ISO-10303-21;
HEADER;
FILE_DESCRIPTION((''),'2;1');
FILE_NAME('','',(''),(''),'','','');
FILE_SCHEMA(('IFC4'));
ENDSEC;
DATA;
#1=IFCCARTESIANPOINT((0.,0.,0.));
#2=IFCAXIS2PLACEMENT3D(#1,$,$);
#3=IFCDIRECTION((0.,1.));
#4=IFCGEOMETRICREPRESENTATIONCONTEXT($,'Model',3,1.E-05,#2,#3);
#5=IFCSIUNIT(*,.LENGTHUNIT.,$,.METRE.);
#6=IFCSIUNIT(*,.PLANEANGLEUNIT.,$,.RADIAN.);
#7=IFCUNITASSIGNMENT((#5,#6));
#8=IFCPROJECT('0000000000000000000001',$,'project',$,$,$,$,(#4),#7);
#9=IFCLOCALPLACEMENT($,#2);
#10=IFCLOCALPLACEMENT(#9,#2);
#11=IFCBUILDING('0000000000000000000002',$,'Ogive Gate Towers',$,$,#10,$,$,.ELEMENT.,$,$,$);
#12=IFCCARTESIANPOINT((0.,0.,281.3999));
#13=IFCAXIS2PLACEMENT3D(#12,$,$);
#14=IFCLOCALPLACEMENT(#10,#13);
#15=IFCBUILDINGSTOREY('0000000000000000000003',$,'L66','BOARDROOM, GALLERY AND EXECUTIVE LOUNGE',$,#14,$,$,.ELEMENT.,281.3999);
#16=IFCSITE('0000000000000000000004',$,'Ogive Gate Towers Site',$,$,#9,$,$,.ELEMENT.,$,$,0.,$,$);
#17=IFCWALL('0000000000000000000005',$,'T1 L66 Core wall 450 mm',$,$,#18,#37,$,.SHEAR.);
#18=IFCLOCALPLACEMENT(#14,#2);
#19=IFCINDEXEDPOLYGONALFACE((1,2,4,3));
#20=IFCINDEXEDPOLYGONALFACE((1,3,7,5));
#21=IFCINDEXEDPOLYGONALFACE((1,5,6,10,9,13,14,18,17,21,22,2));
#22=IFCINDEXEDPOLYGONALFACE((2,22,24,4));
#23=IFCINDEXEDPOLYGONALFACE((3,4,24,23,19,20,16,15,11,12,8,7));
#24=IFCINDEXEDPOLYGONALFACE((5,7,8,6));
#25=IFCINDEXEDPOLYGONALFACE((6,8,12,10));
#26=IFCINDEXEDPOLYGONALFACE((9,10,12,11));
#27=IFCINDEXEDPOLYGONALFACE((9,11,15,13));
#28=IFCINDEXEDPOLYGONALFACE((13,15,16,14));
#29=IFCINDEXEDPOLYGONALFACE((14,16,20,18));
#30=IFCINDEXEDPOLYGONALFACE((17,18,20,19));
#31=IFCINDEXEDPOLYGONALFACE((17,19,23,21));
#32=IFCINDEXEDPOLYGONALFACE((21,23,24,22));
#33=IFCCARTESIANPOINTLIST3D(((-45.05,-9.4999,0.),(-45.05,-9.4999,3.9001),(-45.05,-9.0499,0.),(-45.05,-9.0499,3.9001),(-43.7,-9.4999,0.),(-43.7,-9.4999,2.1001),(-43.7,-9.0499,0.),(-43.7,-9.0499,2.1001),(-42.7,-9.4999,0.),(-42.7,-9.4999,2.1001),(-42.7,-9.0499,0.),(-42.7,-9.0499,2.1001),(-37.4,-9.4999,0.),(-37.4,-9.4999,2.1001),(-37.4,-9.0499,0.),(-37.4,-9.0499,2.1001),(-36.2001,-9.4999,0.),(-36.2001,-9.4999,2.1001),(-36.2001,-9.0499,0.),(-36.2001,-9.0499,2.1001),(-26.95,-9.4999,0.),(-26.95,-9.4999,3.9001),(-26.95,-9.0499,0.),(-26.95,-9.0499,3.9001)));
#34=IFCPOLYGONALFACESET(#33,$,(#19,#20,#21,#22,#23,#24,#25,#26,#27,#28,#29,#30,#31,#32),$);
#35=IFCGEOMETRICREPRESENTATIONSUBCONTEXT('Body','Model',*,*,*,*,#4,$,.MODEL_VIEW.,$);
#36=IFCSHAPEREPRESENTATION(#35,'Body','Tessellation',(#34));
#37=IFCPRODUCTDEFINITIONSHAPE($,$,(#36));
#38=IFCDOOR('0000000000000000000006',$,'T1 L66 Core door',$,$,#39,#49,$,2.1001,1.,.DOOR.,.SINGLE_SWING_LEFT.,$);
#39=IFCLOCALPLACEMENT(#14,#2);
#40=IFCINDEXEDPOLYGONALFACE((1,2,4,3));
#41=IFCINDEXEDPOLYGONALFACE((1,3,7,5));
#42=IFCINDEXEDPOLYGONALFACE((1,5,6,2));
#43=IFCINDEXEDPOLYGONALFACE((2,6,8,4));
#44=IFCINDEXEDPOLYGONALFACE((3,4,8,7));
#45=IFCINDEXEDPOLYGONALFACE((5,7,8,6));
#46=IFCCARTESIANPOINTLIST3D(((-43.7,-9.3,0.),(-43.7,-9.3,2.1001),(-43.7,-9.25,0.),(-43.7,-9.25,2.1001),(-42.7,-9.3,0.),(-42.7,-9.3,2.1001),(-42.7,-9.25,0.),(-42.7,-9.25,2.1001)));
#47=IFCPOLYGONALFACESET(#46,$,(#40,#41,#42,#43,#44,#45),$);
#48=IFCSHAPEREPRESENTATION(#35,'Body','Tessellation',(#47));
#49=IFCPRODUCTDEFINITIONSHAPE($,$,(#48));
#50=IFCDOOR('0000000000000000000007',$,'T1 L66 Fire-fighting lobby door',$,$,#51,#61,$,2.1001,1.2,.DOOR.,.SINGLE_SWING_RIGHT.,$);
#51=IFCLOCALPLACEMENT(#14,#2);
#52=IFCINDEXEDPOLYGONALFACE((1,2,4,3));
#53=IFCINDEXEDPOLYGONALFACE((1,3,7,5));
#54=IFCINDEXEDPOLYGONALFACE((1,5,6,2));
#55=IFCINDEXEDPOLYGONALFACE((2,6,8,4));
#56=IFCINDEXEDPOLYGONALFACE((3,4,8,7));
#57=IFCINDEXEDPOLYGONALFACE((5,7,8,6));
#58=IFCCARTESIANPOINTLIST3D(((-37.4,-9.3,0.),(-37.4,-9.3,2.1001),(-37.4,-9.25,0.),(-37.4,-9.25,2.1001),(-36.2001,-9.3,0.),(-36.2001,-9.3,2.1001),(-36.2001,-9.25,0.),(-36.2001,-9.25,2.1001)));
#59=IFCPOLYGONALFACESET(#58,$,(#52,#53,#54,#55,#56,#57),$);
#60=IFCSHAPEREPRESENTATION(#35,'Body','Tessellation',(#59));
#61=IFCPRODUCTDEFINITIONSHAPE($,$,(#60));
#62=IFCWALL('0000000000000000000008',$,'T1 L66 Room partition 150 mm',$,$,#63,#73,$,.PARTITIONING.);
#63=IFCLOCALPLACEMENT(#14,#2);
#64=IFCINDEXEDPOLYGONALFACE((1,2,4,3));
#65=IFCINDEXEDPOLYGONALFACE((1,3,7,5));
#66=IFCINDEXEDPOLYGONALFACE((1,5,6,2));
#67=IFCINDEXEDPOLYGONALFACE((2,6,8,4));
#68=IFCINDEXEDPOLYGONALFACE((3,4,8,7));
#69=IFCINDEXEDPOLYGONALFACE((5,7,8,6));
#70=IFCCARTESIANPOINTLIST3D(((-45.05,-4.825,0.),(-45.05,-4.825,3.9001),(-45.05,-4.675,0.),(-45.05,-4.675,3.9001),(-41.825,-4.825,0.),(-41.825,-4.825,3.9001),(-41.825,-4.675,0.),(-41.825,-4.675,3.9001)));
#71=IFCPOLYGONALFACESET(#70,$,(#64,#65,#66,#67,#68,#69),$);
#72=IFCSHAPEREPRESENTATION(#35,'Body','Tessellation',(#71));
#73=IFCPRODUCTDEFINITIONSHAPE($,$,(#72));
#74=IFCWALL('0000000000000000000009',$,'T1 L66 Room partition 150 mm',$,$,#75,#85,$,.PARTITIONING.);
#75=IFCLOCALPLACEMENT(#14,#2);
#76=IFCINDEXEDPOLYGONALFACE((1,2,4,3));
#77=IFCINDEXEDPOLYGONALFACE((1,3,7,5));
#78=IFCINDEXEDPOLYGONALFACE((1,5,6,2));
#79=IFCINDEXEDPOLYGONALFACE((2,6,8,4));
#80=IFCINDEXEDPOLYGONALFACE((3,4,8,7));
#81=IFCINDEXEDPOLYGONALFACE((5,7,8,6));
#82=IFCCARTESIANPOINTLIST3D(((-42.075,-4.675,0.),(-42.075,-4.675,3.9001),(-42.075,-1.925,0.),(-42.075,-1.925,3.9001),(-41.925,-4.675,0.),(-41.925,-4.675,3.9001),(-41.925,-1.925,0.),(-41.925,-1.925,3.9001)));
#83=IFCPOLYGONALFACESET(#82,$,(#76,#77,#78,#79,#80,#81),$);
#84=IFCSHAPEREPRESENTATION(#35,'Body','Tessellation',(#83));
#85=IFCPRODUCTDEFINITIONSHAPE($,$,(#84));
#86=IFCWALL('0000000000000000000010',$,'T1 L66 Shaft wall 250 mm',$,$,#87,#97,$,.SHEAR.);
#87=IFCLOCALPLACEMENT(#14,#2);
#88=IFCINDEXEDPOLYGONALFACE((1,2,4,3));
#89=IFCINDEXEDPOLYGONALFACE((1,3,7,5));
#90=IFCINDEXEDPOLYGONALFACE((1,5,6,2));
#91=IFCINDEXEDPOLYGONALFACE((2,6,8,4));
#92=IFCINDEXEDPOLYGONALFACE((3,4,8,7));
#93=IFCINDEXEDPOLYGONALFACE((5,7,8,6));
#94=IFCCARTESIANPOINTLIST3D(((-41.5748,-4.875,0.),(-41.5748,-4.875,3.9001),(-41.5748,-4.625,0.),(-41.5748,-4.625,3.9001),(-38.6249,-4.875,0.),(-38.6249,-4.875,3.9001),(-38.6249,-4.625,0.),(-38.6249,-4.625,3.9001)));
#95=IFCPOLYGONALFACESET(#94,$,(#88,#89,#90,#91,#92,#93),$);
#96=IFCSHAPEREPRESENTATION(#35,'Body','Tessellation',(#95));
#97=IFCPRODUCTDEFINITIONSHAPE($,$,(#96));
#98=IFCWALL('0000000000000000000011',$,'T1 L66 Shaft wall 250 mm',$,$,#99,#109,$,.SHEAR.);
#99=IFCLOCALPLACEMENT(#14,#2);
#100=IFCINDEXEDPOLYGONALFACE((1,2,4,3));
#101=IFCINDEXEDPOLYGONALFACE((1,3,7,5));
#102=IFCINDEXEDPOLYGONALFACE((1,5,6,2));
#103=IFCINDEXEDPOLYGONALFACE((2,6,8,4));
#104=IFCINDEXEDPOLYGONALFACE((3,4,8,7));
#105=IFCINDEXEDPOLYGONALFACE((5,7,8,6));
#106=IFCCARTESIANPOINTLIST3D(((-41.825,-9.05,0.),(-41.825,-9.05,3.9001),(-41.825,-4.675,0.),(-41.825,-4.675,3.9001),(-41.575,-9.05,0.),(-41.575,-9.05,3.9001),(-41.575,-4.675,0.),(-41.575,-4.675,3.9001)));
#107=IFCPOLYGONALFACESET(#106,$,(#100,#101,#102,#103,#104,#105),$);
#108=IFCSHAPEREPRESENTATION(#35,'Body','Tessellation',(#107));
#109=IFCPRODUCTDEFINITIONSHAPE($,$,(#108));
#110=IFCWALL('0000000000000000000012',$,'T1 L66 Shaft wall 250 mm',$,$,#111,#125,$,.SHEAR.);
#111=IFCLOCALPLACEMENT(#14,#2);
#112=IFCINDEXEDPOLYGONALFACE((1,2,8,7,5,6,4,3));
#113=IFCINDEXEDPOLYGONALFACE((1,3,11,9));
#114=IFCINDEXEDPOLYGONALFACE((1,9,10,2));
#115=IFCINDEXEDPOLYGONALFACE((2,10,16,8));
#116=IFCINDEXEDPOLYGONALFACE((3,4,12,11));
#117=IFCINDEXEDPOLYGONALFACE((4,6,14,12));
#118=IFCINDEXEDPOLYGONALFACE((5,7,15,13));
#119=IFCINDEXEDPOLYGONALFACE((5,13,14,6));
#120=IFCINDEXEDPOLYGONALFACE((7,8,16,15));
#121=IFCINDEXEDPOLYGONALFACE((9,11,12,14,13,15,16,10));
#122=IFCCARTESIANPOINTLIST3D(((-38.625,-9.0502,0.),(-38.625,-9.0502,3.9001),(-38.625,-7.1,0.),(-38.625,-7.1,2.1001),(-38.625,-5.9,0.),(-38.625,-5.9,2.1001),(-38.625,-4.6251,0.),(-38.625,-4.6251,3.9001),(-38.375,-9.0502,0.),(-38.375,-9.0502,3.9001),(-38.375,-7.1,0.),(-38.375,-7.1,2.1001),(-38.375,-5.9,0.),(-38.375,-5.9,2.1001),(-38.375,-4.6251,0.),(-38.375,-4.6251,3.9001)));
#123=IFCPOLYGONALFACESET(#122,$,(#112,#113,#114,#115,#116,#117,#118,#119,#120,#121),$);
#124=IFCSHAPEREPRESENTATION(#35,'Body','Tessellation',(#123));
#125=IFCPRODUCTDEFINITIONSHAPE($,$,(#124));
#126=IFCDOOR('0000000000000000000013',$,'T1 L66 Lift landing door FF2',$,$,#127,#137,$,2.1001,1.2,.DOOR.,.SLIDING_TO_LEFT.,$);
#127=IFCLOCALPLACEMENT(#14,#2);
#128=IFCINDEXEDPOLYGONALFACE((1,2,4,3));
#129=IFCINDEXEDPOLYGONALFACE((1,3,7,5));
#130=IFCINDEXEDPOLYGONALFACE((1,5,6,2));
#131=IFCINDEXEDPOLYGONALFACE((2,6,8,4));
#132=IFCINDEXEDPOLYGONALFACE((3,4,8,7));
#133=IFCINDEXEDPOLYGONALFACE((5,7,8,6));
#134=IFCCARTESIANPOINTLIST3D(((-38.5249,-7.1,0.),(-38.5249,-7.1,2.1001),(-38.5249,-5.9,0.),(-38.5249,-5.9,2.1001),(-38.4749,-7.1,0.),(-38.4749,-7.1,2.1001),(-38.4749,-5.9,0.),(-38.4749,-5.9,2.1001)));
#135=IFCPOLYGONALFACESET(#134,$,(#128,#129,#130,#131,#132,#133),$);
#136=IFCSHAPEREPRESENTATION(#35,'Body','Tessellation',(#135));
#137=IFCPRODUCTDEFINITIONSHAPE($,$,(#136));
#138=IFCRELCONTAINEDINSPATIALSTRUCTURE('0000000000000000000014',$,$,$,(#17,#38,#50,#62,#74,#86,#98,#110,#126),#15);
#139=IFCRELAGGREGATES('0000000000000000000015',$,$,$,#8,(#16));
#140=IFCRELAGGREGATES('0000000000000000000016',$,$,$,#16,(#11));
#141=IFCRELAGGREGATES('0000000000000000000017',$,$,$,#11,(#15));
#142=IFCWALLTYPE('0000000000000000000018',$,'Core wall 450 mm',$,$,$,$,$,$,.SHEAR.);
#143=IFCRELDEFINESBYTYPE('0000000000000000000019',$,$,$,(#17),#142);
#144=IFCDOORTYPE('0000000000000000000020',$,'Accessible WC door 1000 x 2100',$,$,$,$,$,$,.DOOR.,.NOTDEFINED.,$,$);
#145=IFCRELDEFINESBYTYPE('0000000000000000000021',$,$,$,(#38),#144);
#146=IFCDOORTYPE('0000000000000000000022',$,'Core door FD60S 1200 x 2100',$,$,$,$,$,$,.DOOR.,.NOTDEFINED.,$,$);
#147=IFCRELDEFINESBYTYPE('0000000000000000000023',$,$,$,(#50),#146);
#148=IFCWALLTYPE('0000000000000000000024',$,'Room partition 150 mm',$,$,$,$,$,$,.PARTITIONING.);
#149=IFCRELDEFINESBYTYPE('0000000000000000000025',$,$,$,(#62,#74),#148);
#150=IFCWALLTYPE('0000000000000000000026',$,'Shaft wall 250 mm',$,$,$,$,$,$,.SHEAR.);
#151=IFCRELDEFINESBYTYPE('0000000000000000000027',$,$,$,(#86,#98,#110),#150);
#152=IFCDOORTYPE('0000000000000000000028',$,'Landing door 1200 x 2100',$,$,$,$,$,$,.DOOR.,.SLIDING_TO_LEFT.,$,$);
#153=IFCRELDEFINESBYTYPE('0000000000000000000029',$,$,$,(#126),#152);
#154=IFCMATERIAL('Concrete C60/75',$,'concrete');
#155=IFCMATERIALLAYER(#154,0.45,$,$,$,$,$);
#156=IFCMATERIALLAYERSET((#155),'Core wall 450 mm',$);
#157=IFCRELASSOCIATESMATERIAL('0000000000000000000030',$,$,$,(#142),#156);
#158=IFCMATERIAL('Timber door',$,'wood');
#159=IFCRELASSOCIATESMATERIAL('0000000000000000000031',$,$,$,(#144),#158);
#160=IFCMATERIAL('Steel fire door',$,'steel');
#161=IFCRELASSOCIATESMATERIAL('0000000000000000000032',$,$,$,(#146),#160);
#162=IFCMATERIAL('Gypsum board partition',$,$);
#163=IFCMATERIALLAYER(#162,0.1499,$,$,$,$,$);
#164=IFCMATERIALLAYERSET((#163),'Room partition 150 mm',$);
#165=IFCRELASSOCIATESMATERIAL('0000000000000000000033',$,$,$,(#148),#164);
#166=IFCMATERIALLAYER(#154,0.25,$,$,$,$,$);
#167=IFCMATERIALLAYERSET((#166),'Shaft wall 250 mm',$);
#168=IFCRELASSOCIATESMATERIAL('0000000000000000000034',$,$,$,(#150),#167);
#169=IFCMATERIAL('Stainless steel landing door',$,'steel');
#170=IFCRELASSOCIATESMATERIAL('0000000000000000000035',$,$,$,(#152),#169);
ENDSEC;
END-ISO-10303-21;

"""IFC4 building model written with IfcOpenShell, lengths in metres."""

from ifc_helpers import new_model, si_unit, direction, frame, frame_2d, origin, place, context, subcontext, project, spatial, rectangle, extrude, material, layer, layer_set, type_object, element, fill, save


model = new_model("IFC4")

# Units and contexts
model_context = context("Model", 3, precision=1e-05, world=origin(), true_north=direction((0.0, 1.0)))
body_context = subcontext(model_context, "Body", "Model", "MODEL_VIEW")
ifc_project = project(units=[si_unit("LENGTHUNIT", "METRE"), si_unit("PLANEANGLEUNIT", "RADIAN")], contexts=[model_context])

# Site, building, storey
site_placement = place(None, origin())
site = spatial("IfcSite", under=ifc_project, at=site_placement, Name="Ogive Gate Towers Site", CompositionType="ELEMENT", RefElevation=0.0)
building_placement = place(site_placement, origin())
building = spatial("IfcBuilding", under=site, at=building_placement, Name="Ogive Gate Towers", CompositionType="ELEMENT")
storey_placement = place(building_placement, frame((0.0, 0.0, 281.3999)))
storey = spatial("IfcBuildingStorey", under=building, at=storey_placement, Name="L66", Description="BOARDROOM, GALLERY AND EXECUTIVE LOUNGE", CompositionType="ELEMENT", Elevation=281.3999)

# Wall, openings, doors
ifc_material_1 = material(Name="Concrete C60/75", Category="concrete")
ifc_layer_1 = layer(ifc_material_1, 0.45)
ifc_layer_set_1 = layer_set([ifc_layer_1], Name="Core wall 450 mm")
wall_type_1 = type_object("IfcWallType", Name="Core wall 450 mm", PredefinedType="SHEAR", material=ifc_layer_set_1)
wall_1_placement = place(storey_placement, frame((-45.05, -9.2749, 0.0), z_axis=(0.0, 0.0, 1.0), x_axis=(1.0, 0.0, 0.0)))
wall_1 = element("IfcWall", 1, at=wall_1_placement, inside=storey, type_object=wall_type_1, Name="T1 L66 Core wall 450 mm", PredefinedType="SHEAR", context=body_context, shape_type="SweptSolid", body=[
    extrude(rectangle(XDim=18.1001, YDim=0.45, at=frame_2d((9.05, 0.0))), origin(), (0.0, 0.0, 1.0), 3.9001),
])
opening_1_placement = place(wall_1_placement, frame((7.6499, 0.0, 0.0)))
opening_1 = element("IfcOpeningElement", 2, at=opening_1_placement, cuts=wall_1, PredefinedType="OPENING", context=body_context, shape_type="SweptSolid", body=[
    extrude(rectangle(XDim=1.2, YDim=2.1001, at=frame_2d((0.6001, 1.05))), frame((0.0, 0.2349, 0.0), z_axis=(0.0, -1.0, 0.0), x_axis=(1.0, 0.0, 0.0)), (0.0, 0.0, 1.0), 0.47),
])
opening_2_placement = place(wall_1_placement, frame((1.3501, 0.0, 0.0)))
opening_2 = element("IfcOpeningElement", 3, at=opening_2_placement, cuts=wall_1, PredefinedType="OPENING", context=body_context, shape_type="SweptSolid", body=[
    extrude(rectangle(XDim=1.0, YDim=2.1001, at=frame_2d((0.5, 1.05))), frame((0.0, 0.2349, 0.0), z_axis=(0.0, -1.0, 0.0), x_axis=(1.0, 0.0, 0.0)), (0.0, 0.0, 1.0), 0.47),
])
ifc_material_2 = material(Name="Timber door", Category="wood")
door_type_1 = type_object("IfcDoorType", Name="Accessible WC door 1000 x 2100", OperationType="NOTDEFINED", PredefinedType="DOOR", material=ifc_material_2)
door_1_placement = place(opening_2_placement, origin())
door_1 = element("IfcDoor", 4, at=door_1_placement, inside=storey, type_object=door_type_1, Name="T1 L66 Core door", OperationType="SINGLE_SWING_LEFT", OverallHeight=2.1001, OverallWidth=1.0, PredefinedType="DOOR", context=body_context, shape_type="SweptSolid", body=[
    extrude(rectangle(XDim=1.0, YDim=2.1001, at=frame_2d((0.5, 1.05))), frame((0.0, 0.0249, 0.0), z_axis=(0.0, -1.0, 0.0), x_axis=(1.0, 0.0, 0.0)), (0.0, 0.0, 1.0), 0.05),
])
fill(opening_2, door_1)
ifc_material_3 = material(Name="Steel fire door", Category="steel")
door_type_2 = type_object("IfcDoorType", Name="Core door FD60S 1200 x 2100", OperationType="NOTDEFINED", PredefinedType="DOOR", material=ifc_material_3)
door_2_placement = place(opening_1_placement, origin())
door_2 = element("IfcDoor", 5, at=door_2_placement, inside=storey, type_object=door_type_2, Name="T1 L66 Fire-fighting lobby door", OperationType="SINGLE_SWING_RIGHT", OverallHeight=2.1001, OverallWidth=1.2, PredefinedType="DOOR", context=body_context, shape_type="SweptSolid", body=[
    extrude(rectangle(XDim=1.2, YDim=2.1001, at=frame_2d((0.6001, 1.05))), frame((0.0, 0.0249, 0.0), z_axis=(0.0, -1.0, 0.0), x_axis=(1.0, 0.0, 0.0)), (0.0, 0.0, 1.0), 0.05),
])
fill(opening_1, door_2)

# Walls
ifc_material_4 = material(Name="Gypsum board partition")
ifc_layer_2 = layer(ifc_material_4, 0.1499)
ifc_layer_set_2 = layer_set([ifc_layer_2], Name="Room partition 150 mm")
wall_type_2 = type_object("IfcWallType", Name="Room partition 150 mm", PredefinedType="PARTITIONING", material=ifc_layer_set_2)
wall_2_placement = place(storey_placement, frame((-45.05, -4.75, 0.0), z_axis=(0.0, 0.0, 1.0), x_axis=(1.0, 0.0, 0.0)))
element("IfcWall", 6, at=wall_2_placement, inside=storey, type_object=wall_type_2, Name="T1 L66 Room partition 150 mm", PredefinedType="PARTITIONING", context=body_context, shape_type="SweptSolid", body=[
    extrude(rectangle(XDim=3.2251, YDim=0.1499, at=frame_2d((1.6125, 0.0))), origin(), (0.0, 0.0, 1.0), 3.9001),
])
wall_3_placement = place(storey_placement, frame((-42.0, -4.675, 0.0), z_axis=(0.0, 0.0, 1.0), x_axis=(0.0, 1.0, 0.0)))
element("IfcWall", 7, at=wall_3_placement, inside=storey, type_object=wall_type_2, Name="T1 L66 Room partition 150 mm", PredefinedType="PARTITIONING", context=body_context, shape_type="SweptSolid", body=[
    extrude(rectangle(XDim=2.75, YDim=0.1499, at=frame_2d((1.375, 0.0))), origin(), (0.0, 0.0, 1.0), 3.9001),
])
ifc_layer_3 = layer(ifc_material_1, 0.25)
ifc_layer_set_3 = layer_set([ifc_layer_3], Name="Shaft wall 250 mm")
wall_type_3 = type_object("IfcWallType", Name="Shaft wall 250 mm", PredefinedType="SHEAR", material=ifc_layer_set_3)
wall_4_placement = place(storey_placement, frame((-41.575, -4.75, 0.0), z_axis=(0.0, 0.0, 1.0), x_axis=(1.0, 0.0, 0.0)))
element("IfcWall", 8, at=wall_4_placement, inside=storey, type_object=wall_type_3, Name="T1 L66 Shaft wall 250 mm", PredefinedType="SHEAR", context=body_context, shape_type="SweptSolid", body=[
    extrude(rectangle(XDim=2.95, YDim=0.25, at=frame_2d((1.4751, 0.0))), origin(), (0.0, 0.0, 1.0), 3.9001),
])
wall_5_placement = place(storey_placement, frame((-41.7, -9.05, 0.0), z_axis=(0.0, 0.0, 1.0), x_axis=(0.0, 1.0, 0.0)))
element("IfcWall", 9, at=wall_5_placement, inside=storey, type_object=wall_type_3, Name="T1 L66 Shaft wall 250 mm", PredefinedType="SHEAR", context=body_context, shape_type="SweptSolid", body=[
    extrude(rectangle(XDim=4.375, YDim=0.25, at=frame_2d((2.1875, 0.0))), origin(), (0.0, 0.0, 1.0), 3.9001),
])

# Wall, opening, door
wall_6_placement = place(storey_placement, frame((-38.5, -9.05, 0.0), z_axis=(0.0, 0.0, 1.0), x_axis=(0.0, 1.0, 0.0)))
wall_6 = element("IfcWall", 10, at=wall_6_placement, inside=storey, type_object=wall_type_3, Name="T1 L66 Shaft wall 250 mm", PredefinedType="SHEAR", context=body_context, shape_type="SweptSolid", body=[
    extrude(rectangle(XDim=4.425, YDim=0.25, at=frame_2d((2.2124, 0.0))), origin(), (0.0, 0.0, 1.0), 3.9001),
])
opening_3_placement = place(wall_6_placement, frame((1.95, 0.0, 0.0)))
opening_3 = element("IfcOpeningElement", 11, at=opening_3_placement, cuts=wall_6, PredefinedType="OPENING", context=body_context, shape_type="SweptSolid", body=[
    extrude(rectangle(XDim=1.2, YDim=2.1001, at=frame_2d((0.6001, 1.05))), frame((0.0, 0.135, 0.0), z_axis=(0.0, -1.0, 0.0), x_axis=(1.0, 0.0, 0.0)), (0.0, 0.0, 1.0), 0.27),
])
ifc_material_5 = material(Name="Stainless steel landing door", Category="steel")
door_type_3 = type_object("IfcDoorType", Name="Landing door 1200 x 2100", OperationType="SLIDING_TO_LEFT", PredefinedType="DOOR", material=ifc_material_5)
door_3_placement = place(opening_3_placement, origin())
door_3 = element("IfcDoor", 12, at=door_3_placement, inside=storey, type_object=door_type_3, Name="T1 L66 Lift landing door FF2", OperationType="SLIDING_TO_LEFT", OverallHeight=2.1001, OverallWidth=1.2, PredefinedType="DOOR", context=body_context, shape_type="SweptSolid", body=[
    extrude(rectangle(XDim=1.2, YDim=2.1001, at=frame_2d((0.6001, 1.05))), frame((0.0, 0.0249, 0.0), z_axis=(0.0, -1.0, 0.0), x_axis=(1.0, 0.0, 0.0)), (0.0, 0.0, 1.0), 0.05),
])
fill(opening_3, door_3)

save(model, "model.ifc")
